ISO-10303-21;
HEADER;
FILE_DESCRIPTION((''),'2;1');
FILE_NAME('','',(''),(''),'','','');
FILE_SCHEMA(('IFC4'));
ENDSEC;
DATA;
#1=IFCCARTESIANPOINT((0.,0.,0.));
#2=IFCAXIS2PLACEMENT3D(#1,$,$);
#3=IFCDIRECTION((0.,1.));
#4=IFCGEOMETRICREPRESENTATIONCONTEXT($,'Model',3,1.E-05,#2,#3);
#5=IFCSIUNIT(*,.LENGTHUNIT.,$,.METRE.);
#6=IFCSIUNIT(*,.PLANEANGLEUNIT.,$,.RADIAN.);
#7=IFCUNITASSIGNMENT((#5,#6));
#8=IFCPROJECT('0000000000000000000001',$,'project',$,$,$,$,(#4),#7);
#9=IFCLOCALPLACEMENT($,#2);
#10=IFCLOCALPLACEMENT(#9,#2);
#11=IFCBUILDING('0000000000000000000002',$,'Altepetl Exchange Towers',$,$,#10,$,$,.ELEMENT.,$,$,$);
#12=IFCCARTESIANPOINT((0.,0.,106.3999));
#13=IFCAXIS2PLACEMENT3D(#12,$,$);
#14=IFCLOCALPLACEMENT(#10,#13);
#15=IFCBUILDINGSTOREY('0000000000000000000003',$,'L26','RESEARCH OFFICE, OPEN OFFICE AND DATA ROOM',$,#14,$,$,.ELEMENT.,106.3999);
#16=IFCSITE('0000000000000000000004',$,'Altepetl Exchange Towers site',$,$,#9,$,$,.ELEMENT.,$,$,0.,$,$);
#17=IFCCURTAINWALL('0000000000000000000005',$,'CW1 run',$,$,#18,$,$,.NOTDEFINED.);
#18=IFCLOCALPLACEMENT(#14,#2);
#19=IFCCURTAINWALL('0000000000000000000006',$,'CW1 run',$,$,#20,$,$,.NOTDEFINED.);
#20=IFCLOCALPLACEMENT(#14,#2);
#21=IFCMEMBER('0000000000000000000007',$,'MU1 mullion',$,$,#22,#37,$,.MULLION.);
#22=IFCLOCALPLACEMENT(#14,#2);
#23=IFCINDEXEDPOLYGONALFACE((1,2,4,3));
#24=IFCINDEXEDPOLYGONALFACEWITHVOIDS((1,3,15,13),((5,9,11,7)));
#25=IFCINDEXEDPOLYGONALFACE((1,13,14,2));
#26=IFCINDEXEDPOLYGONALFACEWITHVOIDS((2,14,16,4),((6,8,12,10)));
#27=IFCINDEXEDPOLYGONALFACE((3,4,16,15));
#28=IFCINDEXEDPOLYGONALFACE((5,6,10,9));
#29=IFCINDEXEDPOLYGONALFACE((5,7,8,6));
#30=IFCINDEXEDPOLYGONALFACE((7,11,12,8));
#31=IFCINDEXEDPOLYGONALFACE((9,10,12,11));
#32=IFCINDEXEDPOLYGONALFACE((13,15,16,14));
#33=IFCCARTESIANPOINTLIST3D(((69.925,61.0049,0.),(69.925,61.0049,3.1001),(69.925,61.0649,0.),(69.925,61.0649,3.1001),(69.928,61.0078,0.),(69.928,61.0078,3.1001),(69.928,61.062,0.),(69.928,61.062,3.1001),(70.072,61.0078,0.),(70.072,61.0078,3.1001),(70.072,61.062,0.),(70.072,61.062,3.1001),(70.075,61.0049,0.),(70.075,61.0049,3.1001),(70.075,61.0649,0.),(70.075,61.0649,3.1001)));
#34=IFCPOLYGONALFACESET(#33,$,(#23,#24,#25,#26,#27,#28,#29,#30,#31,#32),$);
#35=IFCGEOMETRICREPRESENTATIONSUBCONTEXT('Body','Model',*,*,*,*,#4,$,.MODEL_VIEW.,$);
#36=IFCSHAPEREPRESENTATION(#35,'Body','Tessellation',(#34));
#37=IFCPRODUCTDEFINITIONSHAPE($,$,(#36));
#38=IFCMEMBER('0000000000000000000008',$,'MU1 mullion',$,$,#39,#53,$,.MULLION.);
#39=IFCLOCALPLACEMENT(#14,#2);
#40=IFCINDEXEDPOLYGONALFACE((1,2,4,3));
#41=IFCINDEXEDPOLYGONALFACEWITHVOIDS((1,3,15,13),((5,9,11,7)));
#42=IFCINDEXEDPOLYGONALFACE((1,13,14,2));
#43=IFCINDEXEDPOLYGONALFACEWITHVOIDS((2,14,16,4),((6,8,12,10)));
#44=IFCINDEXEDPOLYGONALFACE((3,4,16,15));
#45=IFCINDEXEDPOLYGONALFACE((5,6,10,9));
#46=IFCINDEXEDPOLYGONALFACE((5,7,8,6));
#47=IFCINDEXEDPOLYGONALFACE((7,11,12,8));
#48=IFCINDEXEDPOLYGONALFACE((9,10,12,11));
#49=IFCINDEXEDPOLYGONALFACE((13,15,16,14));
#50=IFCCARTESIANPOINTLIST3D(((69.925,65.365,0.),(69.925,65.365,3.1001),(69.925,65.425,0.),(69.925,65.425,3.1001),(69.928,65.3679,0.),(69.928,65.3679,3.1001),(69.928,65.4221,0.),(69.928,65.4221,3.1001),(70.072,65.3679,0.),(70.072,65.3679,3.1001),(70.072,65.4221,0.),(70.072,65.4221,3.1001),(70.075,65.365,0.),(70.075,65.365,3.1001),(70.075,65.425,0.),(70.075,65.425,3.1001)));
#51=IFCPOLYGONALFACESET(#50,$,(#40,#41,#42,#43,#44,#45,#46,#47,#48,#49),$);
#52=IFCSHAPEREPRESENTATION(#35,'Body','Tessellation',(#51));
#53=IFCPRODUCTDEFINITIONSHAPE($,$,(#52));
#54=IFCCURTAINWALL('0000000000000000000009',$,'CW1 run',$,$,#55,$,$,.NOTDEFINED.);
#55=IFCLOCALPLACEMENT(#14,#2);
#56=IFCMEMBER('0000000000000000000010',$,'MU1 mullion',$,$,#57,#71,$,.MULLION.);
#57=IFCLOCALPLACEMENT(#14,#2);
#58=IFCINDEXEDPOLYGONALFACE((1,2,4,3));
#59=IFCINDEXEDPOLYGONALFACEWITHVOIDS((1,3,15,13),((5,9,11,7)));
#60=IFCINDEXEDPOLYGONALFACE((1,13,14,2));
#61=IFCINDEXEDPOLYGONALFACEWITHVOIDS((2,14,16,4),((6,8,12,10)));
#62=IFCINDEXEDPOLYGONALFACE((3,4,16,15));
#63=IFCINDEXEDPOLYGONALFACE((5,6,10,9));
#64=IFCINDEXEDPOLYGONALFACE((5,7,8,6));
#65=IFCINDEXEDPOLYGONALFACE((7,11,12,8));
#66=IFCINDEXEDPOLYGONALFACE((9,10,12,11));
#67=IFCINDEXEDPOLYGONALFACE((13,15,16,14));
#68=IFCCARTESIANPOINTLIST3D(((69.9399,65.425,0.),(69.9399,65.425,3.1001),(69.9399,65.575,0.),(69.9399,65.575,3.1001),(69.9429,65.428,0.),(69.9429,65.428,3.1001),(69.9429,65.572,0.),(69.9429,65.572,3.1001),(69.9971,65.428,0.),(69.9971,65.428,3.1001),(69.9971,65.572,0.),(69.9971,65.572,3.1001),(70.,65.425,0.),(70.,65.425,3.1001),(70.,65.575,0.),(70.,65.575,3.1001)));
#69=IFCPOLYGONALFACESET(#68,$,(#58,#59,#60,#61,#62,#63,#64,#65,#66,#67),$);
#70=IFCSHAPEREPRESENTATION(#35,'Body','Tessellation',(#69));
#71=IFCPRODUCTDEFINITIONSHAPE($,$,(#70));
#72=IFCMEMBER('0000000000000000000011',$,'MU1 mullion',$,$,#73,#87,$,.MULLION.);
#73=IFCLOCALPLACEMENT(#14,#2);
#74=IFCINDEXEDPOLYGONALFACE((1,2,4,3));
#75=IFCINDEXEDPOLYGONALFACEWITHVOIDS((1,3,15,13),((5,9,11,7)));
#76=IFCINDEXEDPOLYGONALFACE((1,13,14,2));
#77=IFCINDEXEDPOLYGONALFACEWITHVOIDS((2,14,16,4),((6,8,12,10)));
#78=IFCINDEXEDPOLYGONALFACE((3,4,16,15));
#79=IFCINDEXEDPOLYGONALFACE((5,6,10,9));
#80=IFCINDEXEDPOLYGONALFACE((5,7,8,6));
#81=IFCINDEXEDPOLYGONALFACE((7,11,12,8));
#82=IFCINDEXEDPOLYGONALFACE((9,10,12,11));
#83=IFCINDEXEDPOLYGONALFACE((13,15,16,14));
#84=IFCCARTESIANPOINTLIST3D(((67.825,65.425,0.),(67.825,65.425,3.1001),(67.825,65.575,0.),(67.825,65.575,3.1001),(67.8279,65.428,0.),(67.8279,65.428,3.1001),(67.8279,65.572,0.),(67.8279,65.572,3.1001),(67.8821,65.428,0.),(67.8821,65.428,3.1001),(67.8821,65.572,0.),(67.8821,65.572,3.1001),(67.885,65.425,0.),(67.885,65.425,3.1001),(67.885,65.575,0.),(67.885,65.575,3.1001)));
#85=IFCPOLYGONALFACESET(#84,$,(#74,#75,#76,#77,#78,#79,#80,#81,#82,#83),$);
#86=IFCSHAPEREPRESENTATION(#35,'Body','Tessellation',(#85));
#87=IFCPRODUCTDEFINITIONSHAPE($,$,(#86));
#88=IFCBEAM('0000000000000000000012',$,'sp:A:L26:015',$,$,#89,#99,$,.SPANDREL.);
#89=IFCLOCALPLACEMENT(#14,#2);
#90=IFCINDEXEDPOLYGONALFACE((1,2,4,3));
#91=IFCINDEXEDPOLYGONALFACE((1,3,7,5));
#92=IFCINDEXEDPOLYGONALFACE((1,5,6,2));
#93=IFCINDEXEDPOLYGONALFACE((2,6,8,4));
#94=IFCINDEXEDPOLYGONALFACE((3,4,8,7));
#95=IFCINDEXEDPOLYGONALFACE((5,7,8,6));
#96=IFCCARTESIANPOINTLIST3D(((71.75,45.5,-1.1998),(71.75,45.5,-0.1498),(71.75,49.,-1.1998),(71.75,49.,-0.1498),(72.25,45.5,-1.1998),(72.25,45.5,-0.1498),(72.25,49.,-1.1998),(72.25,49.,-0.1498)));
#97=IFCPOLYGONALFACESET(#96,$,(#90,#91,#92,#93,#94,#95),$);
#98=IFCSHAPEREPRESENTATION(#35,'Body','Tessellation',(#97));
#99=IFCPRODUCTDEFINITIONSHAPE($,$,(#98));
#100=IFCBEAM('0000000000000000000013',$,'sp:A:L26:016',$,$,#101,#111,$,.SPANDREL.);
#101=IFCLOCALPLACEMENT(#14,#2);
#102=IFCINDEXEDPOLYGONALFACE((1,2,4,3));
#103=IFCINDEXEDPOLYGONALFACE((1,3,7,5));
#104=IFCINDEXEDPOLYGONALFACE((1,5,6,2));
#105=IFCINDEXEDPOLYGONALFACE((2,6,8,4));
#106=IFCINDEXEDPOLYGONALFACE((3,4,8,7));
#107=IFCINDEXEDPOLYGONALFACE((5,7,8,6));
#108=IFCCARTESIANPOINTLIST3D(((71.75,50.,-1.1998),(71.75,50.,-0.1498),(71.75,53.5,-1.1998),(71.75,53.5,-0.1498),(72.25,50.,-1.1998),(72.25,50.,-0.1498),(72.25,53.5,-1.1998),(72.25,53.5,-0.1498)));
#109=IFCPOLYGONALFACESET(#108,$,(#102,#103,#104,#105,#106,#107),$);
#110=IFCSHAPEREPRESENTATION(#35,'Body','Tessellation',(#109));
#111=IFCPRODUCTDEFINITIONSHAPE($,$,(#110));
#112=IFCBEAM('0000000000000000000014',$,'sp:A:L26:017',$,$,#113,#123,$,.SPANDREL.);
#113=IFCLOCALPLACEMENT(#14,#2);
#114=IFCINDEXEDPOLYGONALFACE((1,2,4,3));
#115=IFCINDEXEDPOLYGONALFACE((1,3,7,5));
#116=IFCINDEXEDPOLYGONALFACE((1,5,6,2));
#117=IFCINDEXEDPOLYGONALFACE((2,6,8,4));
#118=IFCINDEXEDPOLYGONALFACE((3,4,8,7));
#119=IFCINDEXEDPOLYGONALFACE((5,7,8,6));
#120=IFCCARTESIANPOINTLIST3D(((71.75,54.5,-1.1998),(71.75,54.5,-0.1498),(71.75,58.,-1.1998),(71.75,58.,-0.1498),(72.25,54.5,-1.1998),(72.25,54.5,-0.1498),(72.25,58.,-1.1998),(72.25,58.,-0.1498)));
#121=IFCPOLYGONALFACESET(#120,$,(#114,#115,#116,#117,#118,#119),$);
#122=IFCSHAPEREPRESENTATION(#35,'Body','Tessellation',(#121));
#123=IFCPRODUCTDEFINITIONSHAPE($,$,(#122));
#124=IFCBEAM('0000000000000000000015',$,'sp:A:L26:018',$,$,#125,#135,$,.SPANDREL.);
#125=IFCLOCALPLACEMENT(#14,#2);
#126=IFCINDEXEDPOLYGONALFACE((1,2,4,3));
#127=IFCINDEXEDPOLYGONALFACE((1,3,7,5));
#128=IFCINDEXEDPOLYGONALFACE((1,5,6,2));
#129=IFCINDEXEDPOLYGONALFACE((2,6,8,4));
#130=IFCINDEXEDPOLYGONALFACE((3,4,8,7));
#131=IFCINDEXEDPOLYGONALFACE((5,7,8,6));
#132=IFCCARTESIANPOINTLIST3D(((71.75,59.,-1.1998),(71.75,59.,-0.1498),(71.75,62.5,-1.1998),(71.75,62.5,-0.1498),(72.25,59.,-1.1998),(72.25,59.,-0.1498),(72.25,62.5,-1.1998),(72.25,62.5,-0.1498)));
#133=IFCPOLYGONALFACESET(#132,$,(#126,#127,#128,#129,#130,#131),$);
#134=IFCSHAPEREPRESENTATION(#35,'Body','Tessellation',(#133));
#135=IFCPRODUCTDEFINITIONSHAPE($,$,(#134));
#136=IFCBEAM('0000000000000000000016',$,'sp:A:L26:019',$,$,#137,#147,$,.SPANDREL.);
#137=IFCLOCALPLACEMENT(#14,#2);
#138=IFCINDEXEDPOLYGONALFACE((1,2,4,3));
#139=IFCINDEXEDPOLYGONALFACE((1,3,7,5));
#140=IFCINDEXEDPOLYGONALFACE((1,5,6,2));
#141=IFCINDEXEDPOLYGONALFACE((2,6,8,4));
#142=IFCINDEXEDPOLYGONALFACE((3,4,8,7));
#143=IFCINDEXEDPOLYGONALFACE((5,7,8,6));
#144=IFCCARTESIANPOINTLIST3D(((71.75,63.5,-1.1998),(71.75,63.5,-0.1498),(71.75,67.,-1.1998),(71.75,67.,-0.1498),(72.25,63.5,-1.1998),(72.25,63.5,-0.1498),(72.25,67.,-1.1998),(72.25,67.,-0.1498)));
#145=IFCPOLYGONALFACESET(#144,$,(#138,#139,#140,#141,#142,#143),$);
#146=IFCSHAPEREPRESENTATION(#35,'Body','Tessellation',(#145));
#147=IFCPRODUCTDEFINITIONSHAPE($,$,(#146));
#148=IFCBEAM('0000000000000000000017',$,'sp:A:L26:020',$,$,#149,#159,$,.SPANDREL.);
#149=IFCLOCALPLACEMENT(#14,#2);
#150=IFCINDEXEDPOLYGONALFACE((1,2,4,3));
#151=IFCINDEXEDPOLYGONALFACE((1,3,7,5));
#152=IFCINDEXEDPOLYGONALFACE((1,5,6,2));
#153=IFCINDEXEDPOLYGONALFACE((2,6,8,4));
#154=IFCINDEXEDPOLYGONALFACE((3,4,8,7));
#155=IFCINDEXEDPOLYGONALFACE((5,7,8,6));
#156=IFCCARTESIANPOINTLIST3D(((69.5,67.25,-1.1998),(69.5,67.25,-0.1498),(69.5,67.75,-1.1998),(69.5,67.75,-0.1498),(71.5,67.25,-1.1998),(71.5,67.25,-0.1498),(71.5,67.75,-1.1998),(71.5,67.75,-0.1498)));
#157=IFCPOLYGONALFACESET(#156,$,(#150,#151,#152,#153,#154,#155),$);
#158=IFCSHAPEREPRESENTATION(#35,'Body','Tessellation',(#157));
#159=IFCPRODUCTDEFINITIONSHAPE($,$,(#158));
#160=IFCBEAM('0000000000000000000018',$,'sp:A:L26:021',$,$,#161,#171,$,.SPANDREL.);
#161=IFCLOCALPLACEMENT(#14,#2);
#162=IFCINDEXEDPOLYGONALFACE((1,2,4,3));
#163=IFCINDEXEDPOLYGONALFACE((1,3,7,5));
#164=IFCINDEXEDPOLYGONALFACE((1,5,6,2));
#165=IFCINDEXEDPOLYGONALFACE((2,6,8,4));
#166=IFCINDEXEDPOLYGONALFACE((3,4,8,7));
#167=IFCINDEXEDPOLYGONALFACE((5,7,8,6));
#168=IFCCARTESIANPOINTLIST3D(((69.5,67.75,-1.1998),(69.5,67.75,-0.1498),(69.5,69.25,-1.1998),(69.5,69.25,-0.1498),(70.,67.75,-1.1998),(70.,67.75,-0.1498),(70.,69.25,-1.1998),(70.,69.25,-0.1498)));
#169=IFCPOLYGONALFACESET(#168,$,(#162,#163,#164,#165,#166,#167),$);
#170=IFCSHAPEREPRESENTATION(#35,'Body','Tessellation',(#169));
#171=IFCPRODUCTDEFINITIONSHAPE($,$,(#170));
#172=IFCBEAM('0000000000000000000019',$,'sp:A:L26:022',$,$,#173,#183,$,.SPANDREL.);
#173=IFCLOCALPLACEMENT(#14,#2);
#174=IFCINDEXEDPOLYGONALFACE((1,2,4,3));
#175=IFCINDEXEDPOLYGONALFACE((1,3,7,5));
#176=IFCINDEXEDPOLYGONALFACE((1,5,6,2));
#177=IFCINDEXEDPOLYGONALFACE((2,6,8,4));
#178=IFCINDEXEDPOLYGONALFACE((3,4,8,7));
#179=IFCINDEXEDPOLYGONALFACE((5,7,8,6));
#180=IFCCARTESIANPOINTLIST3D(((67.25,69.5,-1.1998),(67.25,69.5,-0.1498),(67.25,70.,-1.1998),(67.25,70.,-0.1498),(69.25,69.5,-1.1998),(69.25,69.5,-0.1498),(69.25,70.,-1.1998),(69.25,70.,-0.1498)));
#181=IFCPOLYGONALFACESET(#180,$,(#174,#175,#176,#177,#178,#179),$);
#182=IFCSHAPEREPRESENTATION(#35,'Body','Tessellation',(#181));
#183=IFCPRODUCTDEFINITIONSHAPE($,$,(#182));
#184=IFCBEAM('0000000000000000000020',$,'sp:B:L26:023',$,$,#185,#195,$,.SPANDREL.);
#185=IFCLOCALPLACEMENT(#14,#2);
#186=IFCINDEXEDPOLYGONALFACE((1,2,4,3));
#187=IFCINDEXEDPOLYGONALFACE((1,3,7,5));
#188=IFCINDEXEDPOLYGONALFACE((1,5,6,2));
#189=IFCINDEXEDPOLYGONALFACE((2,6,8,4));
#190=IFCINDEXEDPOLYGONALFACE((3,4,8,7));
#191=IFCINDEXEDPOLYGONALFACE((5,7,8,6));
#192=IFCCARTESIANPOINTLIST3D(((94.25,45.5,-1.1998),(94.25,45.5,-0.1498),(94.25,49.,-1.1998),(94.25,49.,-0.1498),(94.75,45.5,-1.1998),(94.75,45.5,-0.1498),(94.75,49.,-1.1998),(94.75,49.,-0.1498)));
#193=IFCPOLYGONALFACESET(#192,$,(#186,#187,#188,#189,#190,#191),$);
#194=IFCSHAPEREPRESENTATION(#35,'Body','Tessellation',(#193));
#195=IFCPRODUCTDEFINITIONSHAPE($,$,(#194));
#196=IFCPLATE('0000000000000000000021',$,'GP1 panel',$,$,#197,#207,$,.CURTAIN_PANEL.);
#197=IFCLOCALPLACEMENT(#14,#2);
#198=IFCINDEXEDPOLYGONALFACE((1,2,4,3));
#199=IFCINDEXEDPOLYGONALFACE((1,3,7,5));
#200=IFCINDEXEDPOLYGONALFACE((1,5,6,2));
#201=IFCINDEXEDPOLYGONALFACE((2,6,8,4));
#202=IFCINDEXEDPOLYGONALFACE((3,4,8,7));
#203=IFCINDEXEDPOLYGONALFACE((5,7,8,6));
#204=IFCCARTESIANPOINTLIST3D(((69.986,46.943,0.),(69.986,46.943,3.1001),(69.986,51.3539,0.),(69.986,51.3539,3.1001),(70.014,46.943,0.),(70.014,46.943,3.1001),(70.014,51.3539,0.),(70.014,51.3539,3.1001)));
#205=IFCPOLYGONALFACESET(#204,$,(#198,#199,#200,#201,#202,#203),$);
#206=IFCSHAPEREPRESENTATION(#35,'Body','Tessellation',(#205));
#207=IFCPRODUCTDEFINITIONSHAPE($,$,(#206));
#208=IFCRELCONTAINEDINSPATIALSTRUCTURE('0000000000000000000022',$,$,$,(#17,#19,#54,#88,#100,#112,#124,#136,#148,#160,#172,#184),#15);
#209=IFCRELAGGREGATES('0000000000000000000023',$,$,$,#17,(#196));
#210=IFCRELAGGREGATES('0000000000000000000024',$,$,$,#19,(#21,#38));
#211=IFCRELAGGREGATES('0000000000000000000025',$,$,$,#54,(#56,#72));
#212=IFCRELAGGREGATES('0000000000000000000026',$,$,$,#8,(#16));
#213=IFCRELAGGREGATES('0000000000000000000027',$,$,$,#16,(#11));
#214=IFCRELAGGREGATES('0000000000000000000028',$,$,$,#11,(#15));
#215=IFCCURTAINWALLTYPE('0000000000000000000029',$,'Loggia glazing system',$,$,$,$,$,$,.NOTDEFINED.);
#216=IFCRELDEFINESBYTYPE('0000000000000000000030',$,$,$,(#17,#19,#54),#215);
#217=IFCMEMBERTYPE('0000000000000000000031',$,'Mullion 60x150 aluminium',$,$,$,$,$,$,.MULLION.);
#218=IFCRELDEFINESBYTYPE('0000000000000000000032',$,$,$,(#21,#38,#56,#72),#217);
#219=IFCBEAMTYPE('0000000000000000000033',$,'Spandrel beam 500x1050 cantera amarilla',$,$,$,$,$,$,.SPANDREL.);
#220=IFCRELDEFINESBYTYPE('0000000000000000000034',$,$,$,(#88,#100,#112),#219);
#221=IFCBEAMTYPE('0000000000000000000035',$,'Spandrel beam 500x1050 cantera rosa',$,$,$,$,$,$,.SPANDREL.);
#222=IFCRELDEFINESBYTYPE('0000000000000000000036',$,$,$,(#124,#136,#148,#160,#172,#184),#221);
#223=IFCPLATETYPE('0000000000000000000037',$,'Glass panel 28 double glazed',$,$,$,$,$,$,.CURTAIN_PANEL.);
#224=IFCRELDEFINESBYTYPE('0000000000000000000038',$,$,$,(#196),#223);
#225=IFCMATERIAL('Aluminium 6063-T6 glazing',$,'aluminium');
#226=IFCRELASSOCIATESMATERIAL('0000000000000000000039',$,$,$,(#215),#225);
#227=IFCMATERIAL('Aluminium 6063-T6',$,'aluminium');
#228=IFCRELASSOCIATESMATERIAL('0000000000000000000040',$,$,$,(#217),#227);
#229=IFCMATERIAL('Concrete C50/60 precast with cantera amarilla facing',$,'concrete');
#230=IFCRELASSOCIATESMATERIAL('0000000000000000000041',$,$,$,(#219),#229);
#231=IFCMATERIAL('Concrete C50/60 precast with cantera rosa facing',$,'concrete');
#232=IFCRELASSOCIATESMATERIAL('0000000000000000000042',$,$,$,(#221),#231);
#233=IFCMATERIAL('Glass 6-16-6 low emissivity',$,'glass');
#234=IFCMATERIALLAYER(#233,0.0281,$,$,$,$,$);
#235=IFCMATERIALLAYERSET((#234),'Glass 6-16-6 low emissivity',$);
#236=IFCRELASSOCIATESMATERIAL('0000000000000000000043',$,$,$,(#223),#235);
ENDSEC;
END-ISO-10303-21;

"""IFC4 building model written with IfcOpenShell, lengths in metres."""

from ifc_helpers import new_model, si_unit, direction, frame, origin, origin_2d, place, context, subcontext, project, spatial, rectangle, hollow_rectangle, extrude, material, layer, layer_set, material_profile, profile_set, type_object, element, aggregate, save


model = new_model("IFC4")

# Units and contexts
model_context = context("Model", 3, precision=1e-05, world=origin(), true_north=direction((0.0, 1.0)))
body_context = subcontext(model_context, "Body", "Model", "MODEL_VIEW")
ifc_project = project(units=[si_unit("LENGTHUNIT", "METRE"), si_unit("PLANEANGLEUNIT", "RADIAN")], contexts=[model_context])

# Site, building, storey
site_placement = place(None, origin())
site = spatial("IfcSite", under=ifc_project, at=site_placement, Name="Altepetl Exchange Towers site", CompositionType="ELEMENT", RefElevation=0.0)
building_placement = place(site_placement, origin())
building = spatial("IfcBuilding", under=site, at=building_placement, Name="Altepetl Exchange Towers", CompositionType="ELEMENT")
storey_placement = place(building_placement, frame((0.0, 0.0, 106.3999)))
storey = spatial("IfcBuildingStorey", under=building, at=storey_placement, Name="L26", Description="RESEARCH OFFICE, OPEN OFFICE AND DATA ROOM", CompositionType="ELEMENT", Elevation=106.3999)

# Curtain walls, members
ifc_material_1 = material(Name="Aluminium 6063-T6 glazing", Category="aluminium")
curtain_wall_type = type_object("IfcCurtainWallType", Name="Loggia glazing system", PredefinedType="NOTDEFINED", material=ifc_material_1)
curtain_wall_1_placement = place(storey_placement, origin())
curtain_wall_1 = element("IfcCurtainWall", 1, at=curtain_wall_1_placement, inside=storey, type_object=curtain_wall_type, Name="CW1 run", PredefinedType="NOTDEFINED")
ifc_material_2 = material(Name="Aluminium 6063-T6", Category="aluminium")
ifc_material_profile_1 = material_profile(ifc_material_2, hollow_rectangle(XDim=0.0601, YDim=0.1499, WallThickness=0.0029, at=origin_2d()), Name="Mullion 60x150 aluminium")
ifc_profile_set_1 = profile_set([ifc_material_profile_1], Name="Aluminium 6063-T6")
member_type = type_object("IfcMemberType", Name="Mullion 60x150 aluminium", PredefinedType="MULLION", material=ifc_profile_set_1)
curtain_wall_2_placement = place(storey_placement, origin())
curtain_wall_2 = element("IfcCurtainWall", 2, at=curtain_wall_2_placement, inside=storey, type_object=curtain_wall_type, Name="CW1 run", PredefinedType="NOTDEFINED")
member_1_placement = place(storey_placement, frame((70.0, 61.0349, 0.0), z_axis=(0.0, 0.0, 1.0), x_axis=(0.0, 1.0, 0.0)))
member_1 = element("IfcMember", 3, at=member_1_placement, type_object=member_type, Name="MU1 mullion", PredefinedType="MULLION", context=body_context, shape_type="SweptSolid", body=[
    extrude(hollow_rectangle(XDim=0.0601, YDim=0.1499, WallThickness=0.0029, at=origin_2d()), origin(), (0.0, 0.0, 1.0), 3.1001),
])
member_2_placement = place(storey_placement, frame((70.0, 65.395, 0.0), z_axis=(0.0, 0.0, 1.0), x_axis=(0.0, 1.0, 0.0)))
member_2 = element("IfcMember", 4, at=member_2_placement, type_object=member_type, Name="MU1 mullion", PredefinedType="MULLION", context=body_context, shape_type="SweptSolid", body=[
    extrude(hollow_rectangle(XDim=0.0601, YDim=0.1499, WallThickness=0.0029, at=origin_2d()), origin(), (0.0, 0.0, 1.0), 3.1001),
])
curtain_wall_3_placement = place(storey_placement, origin())
curtain_wall_3 = element("IfcCurtainWall", 5, at=curtain_wall_3_placement, inside=storey, type_object=curtain_wall_type, Name="CW1 run", PredefinedType="NOTDEFINED")
member_3_placement = place(storey_placement, frame((69.97, 65.5, 0.0), z_axis=(0.0, 0.0, 1.0), x_axis=(-1.0, 0.0, 0.0)))
member_3 = element("IfcMember", 6, at=member_3_placement, type_object=member_type, Name="MU1 mullion", PredefinedType="MULLION", context=body_context, shape_type="SweptSolid", body=[
    extrude(hollow_rectangle(XDim=0.0601, YDim=0.1499, WallThickness=0.0029, at=origin_2d()), origin(), (0.0, 0.0, 1.0), 3.1001),
])
member_4_placement = place(storey_placement, frame((67.855, 65.5, 0.0), z_axis=(0.0, 0.0, 1.0), x_axis=(-1.0, 0.0, 0.0)))
member_4 = element("IfcMember", 7, at=member_4_placement, type_object=member_type, Name="MU1 mullion", PredefinedType="MULLION", context=body_context, shape_type="SweptSolid", body=[
    extrude(hollow_rectangle(XDim=0.0601, YDim=0.1499, WallThickness=0.0029, at=origin_2d()), origin(), (0.0, 0.0, 1.0), 3.1001),
])

# Beams
ifc_material_3 = material(Name="Concrete C50/60 precast with cantera amarilla facing", Category="concrete")
ifc_material_profile_2 = material_profile(ifc_material_3, rectangle(XDim=0.5, YDim=1.05, at=origin_2d()), Name="500 x 1050")
ifc_profile_set_2 = profile_set([ifc_material_profile_2], Name="Concrete C50/60 precast with cantera amarilla facing")
beam_type_1 = type_object("IfcBeamType", Name="Spandrel beam 500x1050 cantera amarilla", PredefinedType="SPANDREL", material=ifc_profile_set_2)
for number, where, z_axis, x_axis, name in (
    (8, (72.0, 45.5, -0.6748), (0.0, 1.0, 0.0), (-1.0, 0.0, 0.0), "sp:A:L26:015"),
    (9, (72.0, 50.0, -0.6748), (0.0, 1.0, 0.0), (-1.0, 0.0, 0.0), "sp:A:L26:016"),
    (10, (72.0, 54.5, -0.6748), (0.0, 1.0, 0.0), (-1.0, 0.0, 0.0), "sp:A:L26:017"),
):
    element("IfcBeam", number, at=place(storey_placement, frame(where, z_axis=z_axis, x_axis=x_axis)), inside=storey, type_object=beam_type_1, Name=name, PredefinedType="SPANDREL", context=body_context, shape_type="SweptSolid", body=[
        extrude(rectangle(XDim=0.5, YDim=1.05, at=origin_2d()), origin(), (0.0, 0.0, 1.0), 3.5),
    ])
ifc_material_4 = material(Name="Concrete C50/60 precast with cantera rosa facing", Category="concrete")
ifc_material_profile_3 = material_profile(ifc_material_4, rectangle(XDim=0.5, YDim=1.05, at=origin_2d()), Name="500 x 1050")
ifc_profile_set_3 = profile_set([ifc_material_profile_3], Name="Concrete C50/60 precast with cantera rosa facing")
beam_type_2 = type_object("IfcBeamType", Name="Spandrel beam 500x1050 cantera rosa", PredefinedType="SPANDREL", material=ifc_profile_set_3)
for number, where, z_axis, x_axis, name in (
    (11, (72.0, 59.0, -0.6748), (0.0, 1.0, 0.0), (-1.0, 0.0, 0.0), "sp:A:L26:018"),
    (12, (72.0, 63.5, -0.6748), (0.0, 1.0, 0.0), (-1.0, 0.0, 0.0), "sp:A:L26:019"),
):
    element("IfcBeam", number, at=place(storey_placement, frame(where, z_axis=z_axis, x_axis=x_axis)), inside=storey, type_object=beam_type_2, Name=name, PredefinedType="SPANDREL", context=body_context, shape_type="SweptSolid", body=[
        extrude(rectangle(XDim=0.5, YDim=1.05, at=origin_2d()), origin(), (0.0, 0.0, 1.0), 3.5),
    ])
beam_1_placement = place(storey_placement, frame((71.5, 67.5, -0.6748), z_axis=(-1.0, 0.0, 0.0), x_axis=(0.0, -1.0, 0.0)))
element("IfcBeam", 13, at=beam_1_placement, inside=storey, type_object=beam_type_2, Name="sp:A:L26:020", PredefinedType="SPANDREL", context=body_context, shape_type="SweptSolid", body=[
    extrude(rectangle(XDim=0.5, YDim=1.05, at=origin_2d()), origin(), (0.0, 0.0, 1.0), 2.0),
])
beam_2_placement = place(storey_placement, frame((69.75, 67.75, -0.6748), z_axis=(0.0, 1.0, 0.0), x_axis=(-1.0, 0.0, 0.0)))
element("IfcBeam", 14, at=beam_2_placement, inside=storey, type_object=beam_type_2, Name="sp:A:L26:021", PredefinedType="SPANDREL", context=body_context, shape_type="SweptSolid", body=[
    extrude(rectangle(XDim=0.5, YDim=1.05, at=origin_2d()), origin(), (0.0, 0.0, 1.0), 1.5),
])
beam_3_placement = place(storey_placement, frame((69.25, 69.75, -0.6748), z_axis=(-1.0, 0.0, 0.0), x_axis=(0.0, -1.0, 0.0)))
element("IfcBeam", 15, at=beam_3_placement, inside=storey, type_object=beam_type_2, Name="sp:A:L26:022", PredefinedType="SPANDREL", context=body_context, shape_type="SweptSolid", body=[
    extrude(rectangle(XDim=0.5, YDim=1.05, at=origin_2d()), origin(), (0.0, 0.0, 1.0), 2.0),
])
beam_4_placement = place(storey_placement, frame((94.5, 49.0, -0.6748), z_axis=(0.0, -1.0, 0.0), x_axis=(1.0, 0.0, 0.0)))
element("IfcBeam", 16, at=beam_4_placement, inside=storey, type_object=beam_type_2, Name="sp:B:L26:023", PredefinedType="SPANDREL", context=body_context, shape_type="SweptSolid", body=[
    extrude(rectangle(XDim=0.5, YDim=1.05, at=origin_2d()), origin(), (0.0, 0.0, 1.0), 3.5),
])

# Plate
ifc_material_5 = material(Name="Glass 6-16-6 low emissivity", Category="glass")
ifc_layer = layer(ifc_material_5, 0.0281)
ifc_layer_set = layer_set([ifc_layer], Name="Glass 6-16-6 low emissivity")
plate_type = type_object("IfcPlateType", Name="Glass panel 28 double glazed", PredefinedType="CURTAIN_PANEL", material=ifc_layer_set)
plate_1_placement = place(storey_placement, frame((70.0, 49.1484, 0.0), z_axis=(0.0, 0.0, 1.0), x_axis=(0.0, 1.0, 0.0)))
plate_1 = element("IfcPlate", 17, at=plate_1_placement, type_object=plate_type, Name="GP1 panel", PredefinedType="CURTAIN_PANEL", context=body_context, shape_type="SweptSolid", body=[
    extrude(rectangle(XDim=4.4109, YDim=0.0281, at=origin_2d()), origin(), (0.0, 0.0, 1.0), 3.1001),
])
aggregate(curtain_wall_1, [plate_1])
aggregate(curtain_wall_2, [member_1, member_2])
aggregate(curtain_wall_3, [member_3, member_4])

save(model, "model.ifc")
